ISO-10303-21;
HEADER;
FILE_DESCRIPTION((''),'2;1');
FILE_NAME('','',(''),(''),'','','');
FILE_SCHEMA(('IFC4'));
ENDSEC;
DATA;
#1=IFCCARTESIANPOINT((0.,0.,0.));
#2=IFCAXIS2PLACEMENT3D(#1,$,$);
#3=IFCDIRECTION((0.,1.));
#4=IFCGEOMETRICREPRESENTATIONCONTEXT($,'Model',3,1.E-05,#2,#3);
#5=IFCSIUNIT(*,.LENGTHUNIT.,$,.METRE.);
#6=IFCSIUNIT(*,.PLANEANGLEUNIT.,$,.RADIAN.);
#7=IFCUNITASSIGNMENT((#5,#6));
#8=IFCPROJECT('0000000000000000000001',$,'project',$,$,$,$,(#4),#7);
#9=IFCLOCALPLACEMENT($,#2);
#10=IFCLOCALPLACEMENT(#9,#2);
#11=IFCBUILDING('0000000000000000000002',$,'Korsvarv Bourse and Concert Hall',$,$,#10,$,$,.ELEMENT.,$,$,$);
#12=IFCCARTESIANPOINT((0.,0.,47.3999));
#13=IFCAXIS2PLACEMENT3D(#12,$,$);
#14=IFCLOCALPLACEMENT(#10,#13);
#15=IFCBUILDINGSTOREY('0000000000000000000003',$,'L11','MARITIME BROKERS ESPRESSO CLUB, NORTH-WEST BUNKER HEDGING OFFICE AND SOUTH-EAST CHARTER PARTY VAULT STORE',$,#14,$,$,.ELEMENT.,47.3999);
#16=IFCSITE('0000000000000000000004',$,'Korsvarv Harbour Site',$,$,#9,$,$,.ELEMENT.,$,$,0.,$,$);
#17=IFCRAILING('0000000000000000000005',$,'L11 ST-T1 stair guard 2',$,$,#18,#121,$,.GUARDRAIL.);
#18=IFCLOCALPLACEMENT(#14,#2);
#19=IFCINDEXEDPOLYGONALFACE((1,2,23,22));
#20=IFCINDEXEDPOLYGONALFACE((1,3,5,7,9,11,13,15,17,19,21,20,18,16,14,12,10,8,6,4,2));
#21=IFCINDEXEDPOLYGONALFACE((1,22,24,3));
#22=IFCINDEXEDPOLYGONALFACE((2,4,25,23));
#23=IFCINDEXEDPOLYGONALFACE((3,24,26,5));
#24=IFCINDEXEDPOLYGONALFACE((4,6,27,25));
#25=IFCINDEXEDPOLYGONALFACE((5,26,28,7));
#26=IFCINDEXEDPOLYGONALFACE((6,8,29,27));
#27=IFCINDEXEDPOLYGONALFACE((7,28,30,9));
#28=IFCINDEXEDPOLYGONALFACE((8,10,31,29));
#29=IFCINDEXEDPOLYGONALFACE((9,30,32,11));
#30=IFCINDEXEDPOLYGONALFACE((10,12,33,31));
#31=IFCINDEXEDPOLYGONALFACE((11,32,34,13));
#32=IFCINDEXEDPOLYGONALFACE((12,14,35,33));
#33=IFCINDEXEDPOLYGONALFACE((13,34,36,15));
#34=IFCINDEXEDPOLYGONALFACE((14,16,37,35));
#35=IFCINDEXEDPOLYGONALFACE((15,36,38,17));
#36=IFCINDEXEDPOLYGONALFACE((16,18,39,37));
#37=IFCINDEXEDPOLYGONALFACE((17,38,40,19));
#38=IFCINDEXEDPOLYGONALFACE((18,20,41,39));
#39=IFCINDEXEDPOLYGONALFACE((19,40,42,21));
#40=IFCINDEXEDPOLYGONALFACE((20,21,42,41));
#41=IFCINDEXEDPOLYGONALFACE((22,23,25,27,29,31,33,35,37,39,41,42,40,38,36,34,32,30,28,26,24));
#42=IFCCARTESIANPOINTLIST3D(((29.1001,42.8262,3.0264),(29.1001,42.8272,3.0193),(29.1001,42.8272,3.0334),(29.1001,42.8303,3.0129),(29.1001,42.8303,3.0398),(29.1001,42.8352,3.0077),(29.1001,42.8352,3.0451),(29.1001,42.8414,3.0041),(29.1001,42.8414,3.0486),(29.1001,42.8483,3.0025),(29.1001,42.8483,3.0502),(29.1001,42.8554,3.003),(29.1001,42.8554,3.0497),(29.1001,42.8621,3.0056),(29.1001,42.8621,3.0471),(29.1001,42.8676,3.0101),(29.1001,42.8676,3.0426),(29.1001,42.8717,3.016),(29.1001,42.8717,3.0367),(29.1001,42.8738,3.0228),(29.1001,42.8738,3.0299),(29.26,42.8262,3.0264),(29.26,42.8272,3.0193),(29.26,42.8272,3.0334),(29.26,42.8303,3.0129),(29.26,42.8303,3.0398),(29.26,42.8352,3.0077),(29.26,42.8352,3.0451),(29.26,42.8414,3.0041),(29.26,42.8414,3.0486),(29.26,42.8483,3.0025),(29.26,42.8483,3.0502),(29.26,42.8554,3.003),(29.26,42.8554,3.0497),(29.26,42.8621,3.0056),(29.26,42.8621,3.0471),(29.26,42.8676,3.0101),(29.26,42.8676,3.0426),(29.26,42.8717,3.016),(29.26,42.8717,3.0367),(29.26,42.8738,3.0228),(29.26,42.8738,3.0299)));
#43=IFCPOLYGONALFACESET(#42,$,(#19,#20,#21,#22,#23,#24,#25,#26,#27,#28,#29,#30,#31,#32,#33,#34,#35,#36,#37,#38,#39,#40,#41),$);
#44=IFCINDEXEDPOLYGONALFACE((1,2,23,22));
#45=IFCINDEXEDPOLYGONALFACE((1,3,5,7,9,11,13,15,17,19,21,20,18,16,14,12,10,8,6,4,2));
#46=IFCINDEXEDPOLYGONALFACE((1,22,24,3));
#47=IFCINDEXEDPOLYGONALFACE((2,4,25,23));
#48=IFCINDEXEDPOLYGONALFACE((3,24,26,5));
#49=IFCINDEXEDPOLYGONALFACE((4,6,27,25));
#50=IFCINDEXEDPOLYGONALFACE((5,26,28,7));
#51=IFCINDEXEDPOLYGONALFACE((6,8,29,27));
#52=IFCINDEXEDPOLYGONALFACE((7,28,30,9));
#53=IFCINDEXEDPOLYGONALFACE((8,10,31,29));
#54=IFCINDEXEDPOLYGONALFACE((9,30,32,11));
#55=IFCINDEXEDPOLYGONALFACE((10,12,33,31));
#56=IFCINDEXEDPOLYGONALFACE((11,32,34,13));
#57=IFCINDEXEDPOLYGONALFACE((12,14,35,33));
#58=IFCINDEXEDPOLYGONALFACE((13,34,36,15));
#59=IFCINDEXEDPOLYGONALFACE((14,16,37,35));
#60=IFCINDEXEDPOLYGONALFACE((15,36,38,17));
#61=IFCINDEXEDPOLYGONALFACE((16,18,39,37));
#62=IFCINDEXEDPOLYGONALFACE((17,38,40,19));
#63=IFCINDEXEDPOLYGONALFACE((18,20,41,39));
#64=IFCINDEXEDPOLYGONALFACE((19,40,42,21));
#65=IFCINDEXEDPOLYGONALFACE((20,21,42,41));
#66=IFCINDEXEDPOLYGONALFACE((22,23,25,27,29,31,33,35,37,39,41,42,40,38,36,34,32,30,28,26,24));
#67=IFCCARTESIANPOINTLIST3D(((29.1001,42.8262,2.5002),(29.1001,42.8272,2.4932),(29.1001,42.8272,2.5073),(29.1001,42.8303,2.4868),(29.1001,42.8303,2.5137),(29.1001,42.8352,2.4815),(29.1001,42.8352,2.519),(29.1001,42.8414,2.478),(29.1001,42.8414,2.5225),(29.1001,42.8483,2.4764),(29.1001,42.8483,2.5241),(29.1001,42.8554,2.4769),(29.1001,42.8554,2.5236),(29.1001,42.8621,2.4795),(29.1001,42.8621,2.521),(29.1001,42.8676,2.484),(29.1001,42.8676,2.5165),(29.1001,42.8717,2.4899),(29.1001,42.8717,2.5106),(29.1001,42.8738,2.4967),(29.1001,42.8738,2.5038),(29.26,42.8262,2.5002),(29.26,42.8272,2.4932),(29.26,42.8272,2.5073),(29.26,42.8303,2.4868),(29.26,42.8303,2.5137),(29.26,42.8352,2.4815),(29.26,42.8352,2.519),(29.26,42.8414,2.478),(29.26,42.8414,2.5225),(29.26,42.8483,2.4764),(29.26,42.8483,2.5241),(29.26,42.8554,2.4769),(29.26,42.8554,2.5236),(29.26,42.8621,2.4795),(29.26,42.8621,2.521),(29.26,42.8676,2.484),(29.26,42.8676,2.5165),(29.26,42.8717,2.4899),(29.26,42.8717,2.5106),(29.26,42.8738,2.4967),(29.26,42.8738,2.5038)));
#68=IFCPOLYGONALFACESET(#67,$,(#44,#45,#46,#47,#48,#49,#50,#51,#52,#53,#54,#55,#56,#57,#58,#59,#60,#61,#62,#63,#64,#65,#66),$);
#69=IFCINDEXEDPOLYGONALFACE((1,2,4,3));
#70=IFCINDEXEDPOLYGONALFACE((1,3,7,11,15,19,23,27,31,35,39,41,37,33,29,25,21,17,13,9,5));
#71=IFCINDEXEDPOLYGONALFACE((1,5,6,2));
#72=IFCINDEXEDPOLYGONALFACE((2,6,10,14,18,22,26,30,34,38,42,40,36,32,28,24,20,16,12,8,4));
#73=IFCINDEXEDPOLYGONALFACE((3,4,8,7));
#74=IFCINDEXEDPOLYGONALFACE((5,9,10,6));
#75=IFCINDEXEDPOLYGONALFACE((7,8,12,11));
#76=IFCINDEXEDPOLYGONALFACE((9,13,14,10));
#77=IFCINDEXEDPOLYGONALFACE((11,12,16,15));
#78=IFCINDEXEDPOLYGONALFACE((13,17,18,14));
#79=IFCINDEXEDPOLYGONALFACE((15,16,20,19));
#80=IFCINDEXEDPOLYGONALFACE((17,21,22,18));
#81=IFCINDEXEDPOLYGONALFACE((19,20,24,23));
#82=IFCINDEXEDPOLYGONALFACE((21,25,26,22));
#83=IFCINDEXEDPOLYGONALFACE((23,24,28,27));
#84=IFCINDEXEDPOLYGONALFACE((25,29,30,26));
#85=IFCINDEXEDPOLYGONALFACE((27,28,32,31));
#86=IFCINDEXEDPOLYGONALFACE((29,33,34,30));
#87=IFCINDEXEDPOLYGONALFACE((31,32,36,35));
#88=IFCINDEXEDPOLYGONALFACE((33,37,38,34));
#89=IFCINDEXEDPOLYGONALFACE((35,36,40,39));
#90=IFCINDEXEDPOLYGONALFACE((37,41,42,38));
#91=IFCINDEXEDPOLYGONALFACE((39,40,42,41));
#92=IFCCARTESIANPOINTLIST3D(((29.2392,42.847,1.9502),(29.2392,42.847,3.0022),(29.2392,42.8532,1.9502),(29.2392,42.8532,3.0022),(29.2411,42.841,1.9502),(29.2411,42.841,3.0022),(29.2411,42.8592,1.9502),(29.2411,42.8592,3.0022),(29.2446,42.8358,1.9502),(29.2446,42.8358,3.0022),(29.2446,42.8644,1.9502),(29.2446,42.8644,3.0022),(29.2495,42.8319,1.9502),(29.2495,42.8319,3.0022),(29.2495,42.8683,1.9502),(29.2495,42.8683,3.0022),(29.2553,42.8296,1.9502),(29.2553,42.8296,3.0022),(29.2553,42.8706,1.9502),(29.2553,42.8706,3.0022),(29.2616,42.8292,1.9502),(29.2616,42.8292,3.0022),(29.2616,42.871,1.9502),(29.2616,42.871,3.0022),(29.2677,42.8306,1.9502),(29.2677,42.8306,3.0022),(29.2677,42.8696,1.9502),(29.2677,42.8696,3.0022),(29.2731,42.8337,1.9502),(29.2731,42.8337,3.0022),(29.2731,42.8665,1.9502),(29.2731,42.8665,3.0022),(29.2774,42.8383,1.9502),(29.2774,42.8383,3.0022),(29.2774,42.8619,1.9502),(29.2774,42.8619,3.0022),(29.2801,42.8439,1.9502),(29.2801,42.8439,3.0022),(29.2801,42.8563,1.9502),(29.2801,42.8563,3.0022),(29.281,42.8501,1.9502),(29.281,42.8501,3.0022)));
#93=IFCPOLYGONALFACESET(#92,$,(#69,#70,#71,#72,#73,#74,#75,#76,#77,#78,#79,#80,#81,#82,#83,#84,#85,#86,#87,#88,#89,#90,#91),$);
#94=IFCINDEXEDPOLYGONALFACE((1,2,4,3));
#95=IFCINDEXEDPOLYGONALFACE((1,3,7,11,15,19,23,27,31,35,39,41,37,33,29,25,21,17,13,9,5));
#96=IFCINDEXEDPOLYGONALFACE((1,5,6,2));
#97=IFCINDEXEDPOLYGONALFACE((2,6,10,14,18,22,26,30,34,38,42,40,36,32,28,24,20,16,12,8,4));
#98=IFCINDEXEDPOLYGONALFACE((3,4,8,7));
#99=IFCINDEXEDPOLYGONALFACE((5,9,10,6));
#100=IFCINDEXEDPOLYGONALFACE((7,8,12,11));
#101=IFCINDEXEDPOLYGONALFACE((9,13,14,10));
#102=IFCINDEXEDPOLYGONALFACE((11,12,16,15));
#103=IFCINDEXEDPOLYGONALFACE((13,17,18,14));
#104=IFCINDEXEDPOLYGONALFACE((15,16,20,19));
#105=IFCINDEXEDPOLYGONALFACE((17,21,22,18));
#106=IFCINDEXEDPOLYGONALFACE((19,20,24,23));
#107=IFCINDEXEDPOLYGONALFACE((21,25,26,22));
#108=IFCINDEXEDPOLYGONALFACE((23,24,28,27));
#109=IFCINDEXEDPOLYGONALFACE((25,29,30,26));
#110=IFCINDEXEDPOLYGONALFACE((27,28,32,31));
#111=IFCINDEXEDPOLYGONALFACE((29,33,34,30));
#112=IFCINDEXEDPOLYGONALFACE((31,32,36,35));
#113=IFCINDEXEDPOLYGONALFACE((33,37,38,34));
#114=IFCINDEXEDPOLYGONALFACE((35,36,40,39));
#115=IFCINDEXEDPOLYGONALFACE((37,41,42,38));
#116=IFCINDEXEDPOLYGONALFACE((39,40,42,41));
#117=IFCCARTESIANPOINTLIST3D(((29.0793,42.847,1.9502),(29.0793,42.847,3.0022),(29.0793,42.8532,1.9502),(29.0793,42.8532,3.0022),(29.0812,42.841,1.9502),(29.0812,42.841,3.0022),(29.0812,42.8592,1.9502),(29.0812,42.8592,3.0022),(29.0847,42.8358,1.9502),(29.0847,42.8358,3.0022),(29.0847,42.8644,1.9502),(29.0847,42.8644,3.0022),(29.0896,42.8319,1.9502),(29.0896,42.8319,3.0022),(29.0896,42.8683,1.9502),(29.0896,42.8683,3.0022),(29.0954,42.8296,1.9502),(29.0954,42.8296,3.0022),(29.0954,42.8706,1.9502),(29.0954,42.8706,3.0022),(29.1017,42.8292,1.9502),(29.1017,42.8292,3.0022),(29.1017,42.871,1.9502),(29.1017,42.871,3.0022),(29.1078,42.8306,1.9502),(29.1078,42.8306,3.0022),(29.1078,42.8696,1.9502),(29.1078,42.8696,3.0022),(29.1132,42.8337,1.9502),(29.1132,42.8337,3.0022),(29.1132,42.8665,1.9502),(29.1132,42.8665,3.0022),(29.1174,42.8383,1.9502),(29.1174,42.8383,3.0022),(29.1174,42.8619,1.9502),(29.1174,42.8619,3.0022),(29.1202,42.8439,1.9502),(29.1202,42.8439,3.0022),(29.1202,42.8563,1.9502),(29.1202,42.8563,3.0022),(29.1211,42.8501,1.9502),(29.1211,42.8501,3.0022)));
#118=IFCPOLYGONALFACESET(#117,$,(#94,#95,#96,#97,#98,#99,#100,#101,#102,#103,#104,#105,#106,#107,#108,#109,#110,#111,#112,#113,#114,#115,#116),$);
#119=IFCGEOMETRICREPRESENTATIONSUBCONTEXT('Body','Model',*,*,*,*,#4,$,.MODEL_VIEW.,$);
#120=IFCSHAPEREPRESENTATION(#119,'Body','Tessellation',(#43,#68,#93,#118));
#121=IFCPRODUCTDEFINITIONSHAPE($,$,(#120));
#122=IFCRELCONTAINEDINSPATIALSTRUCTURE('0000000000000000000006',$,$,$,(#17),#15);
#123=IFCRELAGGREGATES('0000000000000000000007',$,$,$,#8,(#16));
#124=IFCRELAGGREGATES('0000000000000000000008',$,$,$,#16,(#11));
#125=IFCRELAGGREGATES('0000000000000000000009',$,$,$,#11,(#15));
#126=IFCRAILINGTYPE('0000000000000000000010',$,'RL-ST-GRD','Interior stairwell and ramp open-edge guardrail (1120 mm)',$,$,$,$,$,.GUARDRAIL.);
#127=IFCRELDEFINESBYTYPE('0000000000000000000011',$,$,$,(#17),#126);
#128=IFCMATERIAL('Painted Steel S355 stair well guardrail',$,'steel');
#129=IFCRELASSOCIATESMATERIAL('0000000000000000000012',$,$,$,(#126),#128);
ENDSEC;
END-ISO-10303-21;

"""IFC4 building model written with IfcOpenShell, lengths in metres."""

from ifc_helpers import new_model, si_unit, direction, frame, origin, origin_2d, place, context, subcontext, project, spatial, circle, extrude, material, type_object, element, save


model = new_model("IFC4")

# Units and contexts
model_context = context("Model", 3, precision=1e-05, world=origin(), true_north=direction((0.0, 1.0)))
body_context = subcontext(model_context, "Body", "Model", "MODEL_VIEW")
ifc_project = project(units=[si_unit("LENGTHUNIT", "METRE"), si_unit("PLANEANGLEUNIT", "RADIAN")], contexts=[model_context])

# Site, building, storey
site_placement = place(None, origin())
site = spatial("IfcSite", under=ifc_project, at=site_placement, Name="Korsvarv Harbour Site", CompositionType="ELEMENT", RefElevation=0.0)
building_placement = place(site_placement, origin())
building = spatial("IfcBuilding", under=site, at=building_placement, Name="Korsvarv Bourse and Concert Hall", CompositionType="ELEMENT")
storey_placement = place(building_placement, frame((0.0, 0.0, 47.3999)))
storey = spatial("IfcBuildingStorey", under=building, at=storey_placement, Name="L11", Description="MARITIME BROKERS ESPRESSO CLUB, NORTH-WEST BUNKER HEDGING OFFICE AND SOUTH-EAST CHARTER PARTY VAULT STORE", CompositionType="ELEMENT", Elevation=47.3999)

# Railing
ifc_material_1 = material(Name="Painted Steel S355 stair well guardrail", Category="steel")
railing_type_1 = type_object("IfcRailingType", Name="RL-ST-GRD", Description="Interior stairwell and ramp open-edge guardrail (1120 mm)", PredefinedType="GUARDRAIL", material=ifc_material_1)
railing_1_placement = place(storey_placement, frame((29.26, 42.8501, 1.9502)))
element("IfcRailing", 1, at=railing_1_placement, inside=storey, type_object=railing_type_1, Name="L11 ST-T1 stair guard 2", PredefinedType="GUARDRAIL", context=body_context, shape_type="SweptSolid", body=[
    extrude(circle(Radius=0.0239, at=origin_2d()), frame((0.0, 0.0, 1.0762), z_axis=(-1.0, 0.0, 0.0), x_axis=(0.0, -1.0, 0.0)), (0.0, 0.0, 1.0), 0.1599),
    extrude(circle(Radius=0.0239, at=origin_2d()), frame((0.0, 0.0, 0.55), z_axis=(-1.0, 0.0, 0.0), x_axis=(0.0, -1.0, 0.0)), (0.0, 0.0, 1.0), 0.1599),
    extrude(circle(Radius=0.021, at=origin_2d()), origin(), (0.0, 0.0, 1.0), 1.052),
    extrude(circle(Radius=0.021, at=origin_2d()), frame((-0.1599, 0.0, 0.0)), (0.0, 0.0, 1.0), 1.052),
])

save(model, "model.ifc")
